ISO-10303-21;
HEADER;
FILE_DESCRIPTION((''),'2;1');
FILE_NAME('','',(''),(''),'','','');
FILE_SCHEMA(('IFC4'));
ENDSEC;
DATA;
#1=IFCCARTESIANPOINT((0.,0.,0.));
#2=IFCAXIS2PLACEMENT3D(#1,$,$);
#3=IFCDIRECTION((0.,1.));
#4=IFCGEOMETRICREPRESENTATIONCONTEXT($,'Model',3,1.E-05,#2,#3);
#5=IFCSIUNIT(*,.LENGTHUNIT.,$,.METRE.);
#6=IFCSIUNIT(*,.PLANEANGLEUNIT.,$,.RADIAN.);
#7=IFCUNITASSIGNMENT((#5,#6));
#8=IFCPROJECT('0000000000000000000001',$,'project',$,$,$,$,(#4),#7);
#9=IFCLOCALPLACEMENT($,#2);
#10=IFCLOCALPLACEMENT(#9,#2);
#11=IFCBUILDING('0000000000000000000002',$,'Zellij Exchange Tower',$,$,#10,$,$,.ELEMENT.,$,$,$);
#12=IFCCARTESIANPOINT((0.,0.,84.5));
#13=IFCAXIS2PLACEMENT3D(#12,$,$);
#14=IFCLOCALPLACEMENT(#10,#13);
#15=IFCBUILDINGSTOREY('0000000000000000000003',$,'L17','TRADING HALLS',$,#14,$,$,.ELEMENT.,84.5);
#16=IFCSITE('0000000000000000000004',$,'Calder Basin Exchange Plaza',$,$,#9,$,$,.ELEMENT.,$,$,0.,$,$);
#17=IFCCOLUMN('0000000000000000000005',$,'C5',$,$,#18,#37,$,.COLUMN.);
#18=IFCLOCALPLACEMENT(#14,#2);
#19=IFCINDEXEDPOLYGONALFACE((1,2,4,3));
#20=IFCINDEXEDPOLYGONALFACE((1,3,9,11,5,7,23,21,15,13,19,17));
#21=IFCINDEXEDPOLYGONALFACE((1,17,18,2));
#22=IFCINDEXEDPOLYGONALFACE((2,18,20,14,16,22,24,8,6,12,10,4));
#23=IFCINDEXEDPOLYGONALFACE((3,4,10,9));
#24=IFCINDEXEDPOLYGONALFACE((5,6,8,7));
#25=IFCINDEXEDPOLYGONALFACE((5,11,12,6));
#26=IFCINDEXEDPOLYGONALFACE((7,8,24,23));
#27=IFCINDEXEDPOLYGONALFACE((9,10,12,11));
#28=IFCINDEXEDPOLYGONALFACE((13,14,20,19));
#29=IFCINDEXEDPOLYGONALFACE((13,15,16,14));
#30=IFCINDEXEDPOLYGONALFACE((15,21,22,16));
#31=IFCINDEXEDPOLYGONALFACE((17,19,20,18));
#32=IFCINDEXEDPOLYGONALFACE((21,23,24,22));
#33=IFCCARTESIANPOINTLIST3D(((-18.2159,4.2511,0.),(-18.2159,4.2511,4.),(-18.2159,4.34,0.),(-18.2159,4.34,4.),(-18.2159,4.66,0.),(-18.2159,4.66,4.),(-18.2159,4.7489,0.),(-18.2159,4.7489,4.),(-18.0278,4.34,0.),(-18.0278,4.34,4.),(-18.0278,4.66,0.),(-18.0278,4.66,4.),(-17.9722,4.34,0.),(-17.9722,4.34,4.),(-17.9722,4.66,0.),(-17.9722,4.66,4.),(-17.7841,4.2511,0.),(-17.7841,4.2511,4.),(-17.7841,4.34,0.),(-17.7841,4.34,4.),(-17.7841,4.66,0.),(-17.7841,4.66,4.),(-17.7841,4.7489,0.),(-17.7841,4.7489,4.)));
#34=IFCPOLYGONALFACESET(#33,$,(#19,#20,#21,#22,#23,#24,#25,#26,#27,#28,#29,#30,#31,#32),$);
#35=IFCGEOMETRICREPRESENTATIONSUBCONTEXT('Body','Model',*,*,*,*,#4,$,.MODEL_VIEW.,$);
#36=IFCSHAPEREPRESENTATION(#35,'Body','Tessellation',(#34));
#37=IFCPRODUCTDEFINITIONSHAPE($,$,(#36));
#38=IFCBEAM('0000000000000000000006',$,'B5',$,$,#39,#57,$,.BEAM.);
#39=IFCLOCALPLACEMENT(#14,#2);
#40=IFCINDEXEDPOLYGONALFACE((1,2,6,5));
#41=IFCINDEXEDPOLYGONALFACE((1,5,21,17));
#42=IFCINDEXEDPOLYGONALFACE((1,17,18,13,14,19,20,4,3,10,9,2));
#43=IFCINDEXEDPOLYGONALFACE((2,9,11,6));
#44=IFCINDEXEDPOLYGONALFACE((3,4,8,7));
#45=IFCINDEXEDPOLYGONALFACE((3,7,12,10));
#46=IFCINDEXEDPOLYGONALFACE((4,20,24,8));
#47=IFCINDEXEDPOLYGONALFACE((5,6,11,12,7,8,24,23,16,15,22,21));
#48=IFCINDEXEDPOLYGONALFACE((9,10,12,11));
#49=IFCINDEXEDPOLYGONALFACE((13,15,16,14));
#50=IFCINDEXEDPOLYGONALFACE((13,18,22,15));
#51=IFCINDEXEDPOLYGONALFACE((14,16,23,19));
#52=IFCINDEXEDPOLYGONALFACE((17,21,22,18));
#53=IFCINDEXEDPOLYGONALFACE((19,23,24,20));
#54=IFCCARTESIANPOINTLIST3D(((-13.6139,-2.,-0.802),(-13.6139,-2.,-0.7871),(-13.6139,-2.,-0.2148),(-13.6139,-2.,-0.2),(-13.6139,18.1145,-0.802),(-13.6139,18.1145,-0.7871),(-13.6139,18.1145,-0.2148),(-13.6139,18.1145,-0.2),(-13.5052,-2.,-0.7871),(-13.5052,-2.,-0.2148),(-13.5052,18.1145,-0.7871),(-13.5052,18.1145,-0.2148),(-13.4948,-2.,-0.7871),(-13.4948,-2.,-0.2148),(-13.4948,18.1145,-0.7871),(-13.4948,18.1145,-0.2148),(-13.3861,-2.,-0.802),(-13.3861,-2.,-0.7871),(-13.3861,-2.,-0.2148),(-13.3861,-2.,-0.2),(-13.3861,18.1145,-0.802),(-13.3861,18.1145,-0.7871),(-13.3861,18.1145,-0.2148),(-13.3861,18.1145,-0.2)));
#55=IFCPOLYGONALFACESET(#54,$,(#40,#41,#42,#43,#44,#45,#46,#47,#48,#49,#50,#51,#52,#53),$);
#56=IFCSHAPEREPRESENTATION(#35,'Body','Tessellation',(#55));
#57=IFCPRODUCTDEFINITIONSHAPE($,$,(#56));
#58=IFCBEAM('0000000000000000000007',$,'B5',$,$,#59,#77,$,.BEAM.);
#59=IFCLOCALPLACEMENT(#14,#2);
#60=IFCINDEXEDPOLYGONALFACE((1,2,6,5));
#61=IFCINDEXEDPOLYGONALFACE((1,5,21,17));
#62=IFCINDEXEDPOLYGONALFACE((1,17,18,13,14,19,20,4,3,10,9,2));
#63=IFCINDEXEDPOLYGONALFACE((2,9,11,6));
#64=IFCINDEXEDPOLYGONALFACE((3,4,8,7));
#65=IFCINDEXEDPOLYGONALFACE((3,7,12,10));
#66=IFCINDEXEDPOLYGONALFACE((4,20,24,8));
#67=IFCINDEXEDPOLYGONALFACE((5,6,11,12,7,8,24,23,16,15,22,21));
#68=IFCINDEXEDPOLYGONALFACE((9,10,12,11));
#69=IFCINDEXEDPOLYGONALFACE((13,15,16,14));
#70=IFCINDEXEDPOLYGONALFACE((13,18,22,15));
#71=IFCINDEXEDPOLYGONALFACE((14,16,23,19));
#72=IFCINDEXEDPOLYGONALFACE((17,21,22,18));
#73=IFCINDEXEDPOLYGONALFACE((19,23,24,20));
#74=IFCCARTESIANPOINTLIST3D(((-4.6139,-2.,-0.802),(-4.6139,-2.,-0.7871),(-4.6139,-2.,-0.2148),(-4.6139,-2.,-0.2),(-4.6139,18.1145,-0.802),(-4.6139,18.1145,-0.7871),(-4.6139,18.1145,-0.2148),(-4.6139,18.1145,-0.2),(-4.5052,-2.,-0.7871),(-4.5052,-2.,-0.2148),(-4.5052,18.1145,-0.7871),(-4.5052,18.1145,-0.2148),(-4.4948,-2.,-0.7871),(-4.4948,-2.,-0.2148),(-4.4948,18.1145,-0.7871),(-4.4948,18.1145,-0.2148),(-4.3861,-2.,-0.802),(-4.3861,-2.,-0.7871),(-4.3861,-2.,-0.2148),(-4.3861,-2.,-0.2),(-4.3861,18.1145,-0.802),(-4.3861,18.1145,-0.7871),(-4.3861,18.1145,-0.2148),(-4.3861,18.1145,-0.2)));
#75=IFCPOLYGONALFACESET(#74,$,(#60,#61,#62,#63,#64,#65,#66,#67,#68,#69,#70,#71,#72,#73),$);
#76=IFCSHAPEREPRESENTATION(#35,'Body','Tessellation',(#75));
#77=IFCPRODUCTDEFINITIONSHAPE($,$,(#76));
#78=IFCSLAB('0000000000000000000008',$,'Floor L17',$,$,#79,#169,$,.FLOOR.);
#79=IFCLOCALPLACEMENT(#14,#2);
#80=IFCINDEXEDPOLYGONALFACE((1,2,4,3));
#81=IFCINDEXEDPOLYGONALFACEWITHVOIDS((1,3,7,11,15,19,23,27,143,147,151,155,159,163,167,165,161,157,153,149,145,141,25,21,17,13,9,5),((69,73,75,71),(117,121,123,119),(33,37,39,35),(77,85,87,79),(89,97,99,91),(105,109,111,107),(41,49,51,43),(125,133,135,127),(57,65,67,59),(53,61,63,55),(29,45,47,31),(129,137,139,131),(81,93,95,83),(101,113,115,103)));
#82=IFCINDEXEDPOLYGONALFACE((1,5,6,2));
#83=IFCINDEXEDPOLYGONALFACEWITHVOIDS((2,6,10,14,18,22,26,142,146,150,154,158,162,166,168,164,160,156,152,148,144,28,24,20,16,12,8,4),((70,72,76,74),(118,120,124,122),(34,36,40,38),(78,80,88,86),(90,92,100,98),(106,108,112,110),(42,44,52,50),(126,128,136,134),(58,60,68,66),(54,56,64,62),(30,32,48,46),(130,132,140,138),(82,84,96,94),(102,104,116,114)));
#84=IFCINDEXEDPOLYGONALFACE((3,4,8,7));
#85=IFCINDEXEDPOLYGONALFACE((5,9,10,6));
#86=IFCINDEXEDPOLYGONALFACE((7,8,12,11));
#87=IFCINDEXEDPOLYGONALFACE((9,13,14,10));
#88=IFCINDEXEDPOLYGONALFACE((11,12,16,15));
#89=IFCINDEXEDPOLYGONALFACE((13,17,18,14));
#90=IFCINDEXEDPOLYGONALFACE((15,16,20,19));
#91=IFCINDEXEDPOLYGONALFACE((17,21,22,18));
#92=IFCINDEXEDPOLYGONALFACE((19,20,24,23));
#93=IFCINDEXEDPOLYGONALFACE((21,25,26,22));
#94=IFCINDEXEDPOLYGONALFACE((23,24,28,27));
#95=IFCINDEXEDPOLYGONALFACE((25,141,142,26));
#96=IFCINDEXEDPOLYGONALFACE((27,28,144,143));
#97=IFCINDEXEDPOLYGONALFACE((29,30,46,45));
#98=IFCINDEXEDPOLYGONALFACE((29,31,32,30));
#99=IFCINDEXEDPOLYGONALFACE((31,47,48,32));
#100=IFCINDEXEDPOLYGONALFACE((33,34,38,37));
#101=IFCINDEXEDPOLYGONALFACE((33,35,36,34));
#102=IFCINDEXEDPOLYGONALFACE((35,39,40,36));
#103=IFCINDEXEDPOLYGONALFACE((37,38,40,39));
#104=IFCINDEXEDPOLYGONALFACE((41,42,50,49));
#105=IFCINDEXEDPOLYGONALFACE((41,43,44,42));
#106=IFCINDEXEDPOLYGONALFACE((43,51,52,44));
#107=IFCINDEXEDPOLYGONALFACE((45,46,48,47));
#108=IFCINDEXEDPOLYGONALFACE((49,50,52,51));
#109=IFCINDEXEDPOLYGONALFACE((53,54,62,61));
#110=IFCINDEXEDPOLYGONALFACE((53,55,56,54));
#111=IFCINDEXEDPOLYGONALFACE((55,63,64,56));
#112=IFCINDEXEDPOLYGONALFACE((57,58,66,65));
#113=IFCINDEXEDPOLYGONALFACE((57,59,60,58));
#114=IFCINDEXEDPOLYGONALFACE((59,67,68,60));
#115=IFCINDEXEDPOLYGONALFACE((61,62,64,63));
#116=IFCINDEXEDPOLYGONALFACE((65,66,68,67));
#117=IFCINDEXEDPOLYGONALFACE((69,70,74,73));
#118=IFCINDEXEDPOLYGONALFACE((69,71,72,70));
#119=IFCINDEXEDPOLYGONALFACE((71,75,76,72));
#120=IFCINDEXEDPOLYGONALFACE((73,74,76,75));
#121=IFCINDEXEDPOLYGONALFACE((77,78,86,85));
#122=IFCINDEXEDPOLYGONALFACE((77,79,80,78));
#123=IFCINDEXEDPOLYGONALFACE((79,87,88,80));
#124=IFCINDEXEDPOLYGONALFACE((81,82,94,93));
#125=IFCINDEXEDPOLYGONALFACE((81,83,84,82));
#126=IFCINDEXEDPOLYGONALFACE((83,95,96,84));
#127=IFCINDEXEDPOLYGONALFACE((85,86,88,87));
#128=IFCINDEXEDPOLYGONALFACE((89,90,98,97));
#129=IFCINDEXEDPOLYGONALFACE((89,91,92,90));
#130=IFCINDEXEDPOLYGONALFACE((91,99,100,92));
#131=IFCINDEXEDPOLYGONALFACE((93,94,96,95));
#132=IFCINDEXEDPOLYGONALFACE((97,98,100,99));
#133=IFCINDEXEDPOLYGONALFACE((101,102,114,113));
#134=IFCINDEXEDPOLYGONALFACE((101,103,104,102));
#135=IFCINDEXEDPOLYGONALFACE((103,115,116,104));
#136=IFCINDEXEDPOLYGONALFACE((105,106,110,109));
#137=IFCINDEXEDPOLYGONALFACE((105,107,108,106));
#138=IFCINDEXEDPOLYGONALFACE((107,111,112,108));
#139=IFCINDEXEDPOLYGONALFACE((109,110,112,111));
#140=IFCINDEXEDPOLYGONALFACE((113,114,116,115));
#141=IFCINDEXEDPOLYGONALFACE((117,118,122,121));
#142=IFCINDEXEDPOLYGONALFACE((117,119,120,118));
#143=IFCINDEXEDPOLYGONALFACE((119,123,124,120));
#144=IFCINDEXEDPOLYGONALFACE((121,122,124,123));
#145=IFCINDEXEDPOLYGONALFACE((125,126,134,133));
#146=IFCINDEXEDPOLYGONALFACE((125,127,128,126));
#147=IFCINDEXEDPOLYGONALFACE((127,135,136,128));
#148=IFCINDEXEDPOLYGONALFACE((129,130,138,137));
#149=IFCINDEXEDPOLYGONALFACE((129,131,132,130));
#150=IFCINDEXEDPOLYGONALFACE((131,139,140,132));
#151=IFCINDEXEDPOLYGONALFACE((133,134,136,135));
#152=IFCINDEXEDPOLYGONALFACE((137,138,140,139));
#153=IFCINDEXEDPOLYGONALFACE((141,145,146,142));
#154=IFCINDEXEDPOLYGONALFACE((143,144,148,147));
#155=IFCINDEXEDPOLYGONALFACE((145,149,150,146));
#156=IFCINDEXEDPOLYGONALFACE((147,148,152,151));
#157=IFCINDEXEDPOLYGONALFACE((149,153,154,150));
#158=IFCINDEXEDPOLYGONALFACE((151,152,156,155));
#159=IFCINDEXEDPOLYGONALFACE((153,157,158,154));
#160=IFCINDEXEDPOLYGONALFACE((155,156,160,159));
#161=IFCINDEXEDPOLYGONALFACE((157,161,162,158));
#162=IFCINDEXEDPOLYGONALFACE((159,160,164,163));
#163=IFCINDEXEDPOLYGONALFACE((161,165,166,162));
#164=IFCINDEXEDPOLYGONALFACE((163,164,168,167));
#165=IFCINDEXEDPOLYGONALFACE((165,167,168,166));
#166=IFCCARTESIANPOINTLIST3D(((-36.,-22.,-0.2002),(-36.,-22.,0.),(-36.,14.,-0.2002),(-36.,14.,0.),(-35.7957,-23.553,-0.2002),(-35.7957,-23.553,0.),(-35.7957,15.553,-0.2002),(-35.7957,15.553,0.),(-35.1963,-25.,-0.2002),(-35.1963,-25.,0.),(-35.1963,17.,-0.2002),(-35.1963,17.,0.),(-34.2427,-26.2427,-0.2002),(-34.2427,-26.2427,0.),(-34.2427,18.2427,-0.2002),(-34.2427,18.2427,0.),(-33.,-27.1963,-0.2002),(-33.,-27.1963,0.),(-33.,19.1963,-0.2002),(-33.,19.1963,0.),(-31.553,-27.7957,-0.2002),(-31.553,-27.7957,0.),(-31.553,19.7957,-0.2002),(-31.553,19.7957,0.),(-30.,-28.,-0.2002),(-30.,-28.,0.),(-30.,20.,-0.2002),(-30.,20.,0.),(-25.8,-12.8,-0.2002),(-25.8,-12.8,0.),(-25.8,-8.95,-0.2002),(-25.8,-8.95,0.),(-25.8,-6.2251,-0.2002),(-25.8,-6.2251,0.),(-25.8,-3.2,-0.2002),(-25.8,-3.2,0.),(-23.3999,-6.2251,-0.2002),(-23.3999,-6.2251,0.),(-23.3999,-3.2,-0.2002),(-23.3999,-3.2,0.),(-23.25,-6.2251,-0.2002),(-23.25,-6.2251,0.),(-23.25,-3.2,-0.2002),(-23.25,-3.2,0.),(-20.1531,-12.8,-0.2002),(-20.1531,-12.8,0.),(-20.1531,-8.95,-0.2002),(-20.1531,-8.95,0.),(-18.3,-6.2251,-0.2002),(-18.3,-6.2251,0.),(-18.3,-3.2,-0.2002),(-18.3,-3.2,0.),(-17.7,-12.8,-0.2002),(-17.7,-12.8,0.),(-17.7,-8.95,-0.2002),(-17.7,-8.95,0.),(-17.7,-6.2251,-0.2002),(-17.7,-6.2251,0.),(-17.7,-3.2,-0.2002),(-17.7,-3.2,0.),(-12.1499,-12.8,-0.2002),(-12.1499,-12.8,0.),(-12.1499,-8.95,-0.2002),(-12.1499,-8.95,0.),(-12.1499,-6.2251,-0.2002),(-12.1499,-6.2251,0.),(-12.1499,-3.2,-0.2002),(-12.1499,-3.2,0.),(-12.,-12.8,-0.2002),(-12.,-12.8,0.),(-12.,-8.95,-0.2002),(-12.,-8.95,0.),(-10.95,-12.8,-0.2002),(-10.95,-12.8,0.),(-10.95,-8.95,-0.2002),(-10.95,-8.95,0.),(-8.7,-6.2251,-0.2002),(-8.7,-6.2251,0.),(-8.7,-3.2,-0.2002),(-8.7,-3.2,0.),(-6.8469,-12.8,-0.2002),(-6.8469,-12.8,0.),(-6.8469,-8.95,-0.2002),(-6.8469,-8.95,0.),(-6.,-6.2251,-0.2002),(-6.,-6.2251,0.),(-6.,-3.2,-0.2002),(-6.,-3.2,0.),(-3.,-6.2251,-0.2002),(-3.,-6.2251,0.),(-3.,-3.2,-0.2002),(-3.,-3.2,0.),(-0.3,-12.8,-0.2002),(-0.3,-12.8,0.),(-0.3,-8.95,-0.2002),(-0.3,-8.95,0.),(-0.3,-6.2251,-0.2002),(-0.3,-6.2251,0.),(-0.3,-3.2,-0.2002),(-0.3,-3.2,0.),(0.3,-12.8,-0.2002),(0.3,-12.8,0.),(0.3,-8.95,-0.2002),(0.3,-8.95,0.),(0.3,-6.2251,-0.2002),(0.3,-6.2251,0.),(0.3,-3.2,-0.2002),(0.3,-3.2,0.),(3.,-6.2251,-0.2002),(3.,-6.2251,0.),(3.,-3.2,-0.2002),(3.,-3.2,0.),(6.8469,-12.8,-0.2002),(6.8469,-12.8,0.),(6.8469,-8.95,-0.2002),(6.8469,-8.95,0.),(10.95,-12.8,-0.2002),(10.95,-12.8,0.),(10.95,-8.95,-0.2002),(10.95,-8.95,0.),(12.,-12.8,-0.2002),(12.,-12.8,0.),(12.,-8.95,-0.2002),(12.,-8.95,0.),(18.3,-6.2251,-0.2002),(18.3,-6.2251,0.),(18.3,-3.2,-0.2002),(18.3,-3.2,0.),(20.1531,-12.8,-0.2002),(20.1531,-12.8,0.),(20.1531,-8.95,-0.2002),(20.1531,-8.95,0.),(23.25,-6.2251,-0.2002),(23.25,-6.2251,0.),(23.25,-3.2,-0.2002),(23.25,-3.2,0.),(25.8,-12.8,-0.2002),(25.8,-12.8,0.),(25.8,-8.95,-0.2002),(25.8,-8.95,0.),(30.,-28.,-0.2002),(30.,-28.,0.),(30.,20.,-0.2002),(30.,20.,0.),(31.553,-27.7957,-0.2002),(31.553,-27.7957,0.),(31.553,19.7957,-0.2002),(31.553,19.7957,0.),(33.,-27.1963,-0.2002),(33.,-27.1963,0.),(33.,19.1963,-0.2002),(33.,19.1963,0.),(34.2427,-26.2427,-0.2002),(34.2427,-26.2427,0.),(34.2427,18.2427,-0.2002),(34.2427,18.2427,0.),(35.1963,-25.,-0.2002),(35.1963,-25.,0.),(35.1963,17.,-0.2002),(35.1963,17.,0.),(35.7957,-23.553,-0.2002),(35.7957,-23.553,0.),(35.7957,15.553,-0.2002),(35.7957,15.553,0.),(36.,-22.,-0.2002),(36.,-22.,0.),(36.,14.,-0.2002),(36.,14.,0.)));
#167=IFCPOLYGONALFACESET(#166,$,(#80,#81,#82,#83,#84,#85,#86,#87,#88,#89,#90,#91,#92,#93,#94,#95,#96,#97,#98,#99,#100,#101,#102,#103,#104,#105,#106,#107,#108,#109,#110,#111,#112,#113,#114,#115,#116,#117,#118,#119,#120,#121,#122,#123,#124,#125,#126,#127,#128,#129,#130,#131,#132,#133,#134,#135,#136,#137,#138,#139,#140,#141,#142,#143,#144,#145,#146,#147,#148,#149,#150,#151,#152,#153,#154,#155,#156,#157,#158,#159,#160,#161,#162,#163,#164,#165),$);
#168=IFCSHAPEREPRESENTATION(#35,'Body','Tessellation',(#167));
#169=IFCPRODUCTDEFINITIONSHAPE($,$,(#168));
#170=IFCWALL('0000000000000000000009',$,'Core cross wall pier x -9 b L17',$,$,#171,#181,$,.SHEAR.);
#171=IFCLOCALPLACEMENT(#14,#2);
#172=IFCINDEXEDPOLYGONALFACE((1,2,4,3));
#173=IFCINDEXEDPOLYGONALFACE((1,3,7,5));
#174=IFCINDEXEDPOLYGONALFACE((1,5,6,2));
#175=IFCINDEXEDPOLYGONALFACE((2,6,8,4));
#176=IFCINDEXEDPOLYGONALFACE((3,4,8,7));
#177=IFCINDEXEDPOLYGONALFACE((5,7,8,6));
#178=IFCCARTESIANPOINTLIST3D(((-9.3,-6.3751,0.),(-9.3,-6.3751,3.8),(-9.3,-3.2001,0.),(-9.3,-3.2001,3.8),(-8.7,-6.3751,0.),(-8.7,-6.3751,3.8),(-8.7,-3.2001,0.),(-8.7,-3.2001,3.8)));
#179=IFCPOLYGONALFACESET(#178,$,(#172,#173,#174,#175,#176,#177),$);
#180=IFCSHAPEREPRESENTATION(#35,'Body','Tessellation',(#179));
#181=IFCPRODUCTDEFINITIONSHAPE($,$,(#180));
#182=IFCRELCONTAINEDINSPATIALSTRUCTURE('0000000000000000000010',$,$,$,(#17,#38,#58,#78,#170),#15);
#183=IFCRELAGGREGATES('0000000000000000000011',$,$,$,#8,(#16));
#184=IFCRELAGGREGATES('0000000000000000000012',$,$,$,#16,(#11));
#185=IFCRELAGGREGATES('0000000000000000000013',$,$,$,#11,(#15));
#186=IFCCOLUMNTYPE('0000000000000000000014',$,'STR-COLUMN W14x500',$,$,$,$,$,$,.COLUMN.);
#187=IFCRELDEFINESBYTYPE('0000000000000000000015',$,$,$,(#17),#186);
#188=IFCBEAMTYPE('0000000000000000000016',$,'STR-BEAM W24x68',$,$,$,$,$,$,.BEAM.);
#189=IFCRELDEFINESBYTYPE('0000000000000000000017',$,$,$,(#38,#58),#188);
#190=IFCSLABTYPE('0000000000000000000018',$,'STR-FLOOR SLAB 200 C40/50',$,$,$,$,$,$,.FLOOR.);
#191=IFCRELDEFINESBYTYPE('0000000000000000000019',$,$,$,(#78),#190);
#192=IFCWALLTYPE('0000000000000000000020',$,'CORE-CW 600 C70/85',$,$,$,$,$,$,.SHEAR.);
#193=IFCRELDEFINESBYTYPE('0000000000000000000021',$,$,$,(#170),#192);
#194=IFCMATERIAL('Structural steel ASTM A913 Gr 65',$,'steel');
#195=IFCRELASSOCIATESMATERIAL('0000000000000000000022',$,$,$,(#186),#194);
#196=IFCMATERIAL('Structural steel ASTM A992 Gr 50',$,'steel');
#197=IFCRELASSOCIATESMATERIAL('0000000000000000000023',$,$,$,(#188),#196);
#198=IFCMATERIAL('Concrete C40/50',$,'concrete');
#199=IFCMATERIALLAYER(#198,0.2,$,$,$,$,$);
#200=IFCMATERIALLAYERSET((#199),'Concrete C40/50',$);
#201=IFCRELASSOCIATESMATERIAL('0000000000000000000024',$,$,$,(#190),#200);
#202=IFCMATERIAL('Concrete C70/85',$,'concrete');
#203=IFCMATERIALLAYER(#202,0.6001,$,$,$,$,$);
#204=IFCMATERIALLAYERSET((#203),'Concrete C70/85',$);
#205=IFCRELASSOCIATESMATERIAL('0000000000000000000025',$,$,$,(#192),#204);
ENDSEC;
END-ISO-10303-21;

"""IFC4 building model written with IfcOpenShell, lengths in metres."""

from ifc_helpers import new_model, si_unit, direction, frame, frame_2d, origin, origin_2d, place, context, subcontext, project, spatial, polyline, rectangle, i_section, outline, extrude, material, layer, layer_set, material_profile, profile_set, type_object, element, save


model = new_model("IFC4")

# Units and contexts
model_context = context("Model", 3, precision=1e-05, world=origin(), true_north=direction((0.0, 1.0)))
body_context = subcontext(model_context, "Body", "Model", "MODEL_VIEW")
ifc_project = project(units=[si_unit("LENGTHUNIT", "METRE"), si_unit("PLANEANGLEUNIT", "RADIAN")], contexts=[model_context])

# Site, building, storey
site_placement = place(None, origin())
site = spatial("IfcSite", under=ifc_project, at=site_placement, Name="Calder Basin Exchange Plaza", CompositionType="ELEMENT", RefElevation=0.0)
building_placement = place(site_placement, origin())
building = spatial("IfcBuilding", under=site, at=building_placement, Name="Zellij Exchange Tower", CompositionType="ELEMENT")
storey_placement = place(building_placement, frame((0.0, 0.0, 84.5)))
storey = spatial("IfcBuildingStorey", under=building, at=storey_placement, Name="L17", Description="TRADING HALLS", CompositionType="ELEMENT", Elevation=84.5)

# Column
ifc_material_1 = material(Name="Structural steel ASTM A913 Gr 65", Category="steel")
ifc_material_profile_1 = material_profile(ifc_material_1, i_section(OverallWidth=0.4319, OverallDepth=0.4978, WebThickness=0.0557, FlangeThickness=0.0889, at=origin_2d()), Name="W14x500")
ifc_profile_set_1 = profile_set([ifc_material_profile_1], Name="Structural steel ASTM A913 Gr 65")
column_type = type_object("IfcColumnType", Name="STR-COLUMN W14x500", PredefinedType="COLUMN", material=ifc_profile_set_1)
column_placement = place(storey_placement, frame((-18.0, 4.5, 0.0), z_axis=(0.0, 0.0, 1.0), x_axis=(1.0, 0.0, 0.0)))
element("IfcColumn", 1, at=column_placement, inside=storey, type_object=column_type, Name="C5", PredefinedType="COLUMN", context=body_context, shape_type="SweptSolid", body=[
    extrude(i_section(OverallWidth=0.4319, OverallDepth=0.4978, WebThickness=0.0557, FlangeThickness=0.0889, at=origin_2d()), origin(), (0.0, 0.0, 1.0), 4.0),
])

# Beams
ifc_material_2 = material(Name="Structural steel ASTM A992 Gr 50", Category="steel")
ifc_material_profile_2 = material_profile(ifc_material_2, i_section(OverallWidth=0.2278, OverallDepth=0.6021, WebThickness=0.0105, FlangeThickness=0.0149, at=origin_2d()), Name="W24x68")
ifc_profile_set_2 = profile_set([ifc_material_profile_2], Name="Structural steel ASTM A992 Gr 50")
beam_type = type_object("IfcBeamType", Name="STR-BEAM W24x68", PredefinedType="BEAM", material=ifc_profile_set_2)
for number, where, z_axis, x_axis, name in (
    (2, (-13.5, -2.0, -0.501), (0.0, 1.0, 0.0), (-1.0, 0.0, 0.0), "B5"),
    (3, (-4.5, -2.0, -0.501), (0.0, 1.0, 0.0), (-1.0, 0.0, 0.0), "B5"),
):
    element("IfcBeam", number, at=place(storey_placement, frame(where, z_axis=z_axis, x_axis=x_axis)), inside=storey, type_object=beam_type, Name=name, PredefinedType="BEAM", context=body_context, shape_type="SweptSolid", body=[
        extrude(i_section(OverallWidth=0.2278, OverallDepth=0.6021, WebThickness=0.0105, FlangeThickness=0.0149, at=origin_2d()), origin(), (0.0, 0.0, 1.0), 20.1145),
    ])

# Slab
ifc_material_3 = material(Name="Concrete C40/50", Category="concrete")
ifc_layer_1 = layer(ifc_material_3, 0.2)
ifc_layer_set_1 = layer_set([ifc_layer_1], Name="Concrete C40/50")
slab_type = type_object("IfcSlabType", Name="STR-FLOOR SLAB 200 C40/50", PredefinedType="FLOOR", material=ifc_layer_set_1)
slab_placement = place(storey_placement, frame((0.0, 0.0, -0.2002)))
element("IfcSlab", 4, at=slab_placement, inside=storey, type_object=slab_type, Name="Floor L17", PredefinedType="FLOOR", context=body_context, shape_type="SweptSolid", body=[
    extrude(outline(polyline([(-30.0, -28.0), (-31.553, -27.7957), (-33.0, -27.1963), (-34.2427, -26.2427), (-35.1963, -25.0), (-35.7957, -23.553), (-36.0, -22.0), (-36.0, 14.0), (-35.7957, 15.553), (-35.1963, 17.0), (-34.2427, 18.2427), (-33.0, 19.1963), (-31.553, 19.7957), (-30.0, 20.0), (30.0, 20.0), (31.553, 19.7957), (33.0, 19.1963), (34.2427, 18.2427), (35.1963, 17.0), (35.7957, 15.553), (36.0, 14.0), (36.0, -22.0), (35.7957, -23.553), (35.1963, -25.0), (34.2427, -26.2427), (33.0, -27.1963), (31.553, -27.7957), (30.0, -28.0), (-30.0, -28.0)]), holes=[polyline([(-25.8, -8.95), (-25.8, -12.8), (-20.1531, -12.8), (-20.1531, -8.95), (-25.8, -8.95)]), polyline([(-12.1499, -8.95), (-17.7, -8.95), (-17.7, -12.8), (-12.1499, -12.8), (-12.1499, -8.95)]), polyline([(-10.95, -8.95), (-12.0, -8.95), (-12.0, -12.8), (-10.95, -12.8), (-10.95, -8.95)]), polyline([(-23.3999, -3.2), (-25.8, -3.2), (-25.8, -6.2251), (-23.3999, -6.2251), (-23.3999, -3.2)]), polyline([(-18.3, -3.2), (-23.25, -3.2), (-23.25, -6.2251), (-18.3, -6.2251), (-18.3, -3.2)]), polyline([(-12.1499, -3.2), (-17.7, -3.2), (-17.7, -6.2251), (-12.1499, -6.2251), (-12.1499, -3.2)]), polyline([(-6.0, -3.2), (-8.7, -3.2), (-8.7, -6.2251), (-6.0, -6.2251), (-6.0, -3.2)]), polyline([(-6.8469, -8.95), (-6.8469, -12.8), (-0.3, -12.8), (-0.3, -8.95), (-6.8469, -8.95)]), polyline([(6.8469, -8.95), (0.3, -8.95), (0.3, -12.8), (6.8469, -12.8), (6.8469, -8.95)]), polyline([(12.0, -8.95), (10.95, -8.95), (10.95, -12.8), (12.0, -12.8), (12.0, -8.95)]), polyline([(25.8, -8.95), (20.1531, -8.95), (20.1531, -12.8), (25.8, -12.8), (25.8, -8.95)]), polyline([(-0.3, -3.2), (-3.0, -3.2), (-3.0, -6.2251), (-0.3, -6.2251), (-0.3, -3.2)]), polyline([(3.0, -3.2), (0.3, -3.2), (0.3, -6.2251), (3.0, -6.2251), (3.0, -3.2)]), polyline([(23.25, -3.2), (18.3, -3.2), (18.3, -6.2251), (23.25, -6.2251), (23.25, -3.2)])]), origin(), (0.0, 0.0, 1.0), 0.2002),
])

# Wall
ifc_material_4 = material(Name="Concrete C70/85", Category="concrete")
ifc_layer_2 = layer(ifc_material_4, 0.6001)
ifc_layer_set_2 = layer_set([ifc_layer_2], Name="Concrete C70/85")
wall_type_1 = type_object("IfcWallType", Name="CORE-CW 600 C70/85", PredefinedType="SHEAR", material=ifc_layer_set_2)
wall_1_placement = place(storey_placement, frame((-9.0, -6.375, 0.0), z_axis=(0.0, 0.0, 1.0), x_axis=(0.0, 1.0, 0.0)))
element("IfcWall", 5, at=wall_1_placement, inside=storey, type_object=wall_type_1, Name="Core cross wall pier x -9 b L17", PredefinedType="SHEAR", context=body_context, shape_type="SweptSolid", body=[
    extrude(rectangle(XDim=3.175, YDim=0.6001, at=frame_2d((1.5874, 0.0))), origin(), (0.0, 0.0, 1.0), 3.8),
])

save(model, "model.ifc")
